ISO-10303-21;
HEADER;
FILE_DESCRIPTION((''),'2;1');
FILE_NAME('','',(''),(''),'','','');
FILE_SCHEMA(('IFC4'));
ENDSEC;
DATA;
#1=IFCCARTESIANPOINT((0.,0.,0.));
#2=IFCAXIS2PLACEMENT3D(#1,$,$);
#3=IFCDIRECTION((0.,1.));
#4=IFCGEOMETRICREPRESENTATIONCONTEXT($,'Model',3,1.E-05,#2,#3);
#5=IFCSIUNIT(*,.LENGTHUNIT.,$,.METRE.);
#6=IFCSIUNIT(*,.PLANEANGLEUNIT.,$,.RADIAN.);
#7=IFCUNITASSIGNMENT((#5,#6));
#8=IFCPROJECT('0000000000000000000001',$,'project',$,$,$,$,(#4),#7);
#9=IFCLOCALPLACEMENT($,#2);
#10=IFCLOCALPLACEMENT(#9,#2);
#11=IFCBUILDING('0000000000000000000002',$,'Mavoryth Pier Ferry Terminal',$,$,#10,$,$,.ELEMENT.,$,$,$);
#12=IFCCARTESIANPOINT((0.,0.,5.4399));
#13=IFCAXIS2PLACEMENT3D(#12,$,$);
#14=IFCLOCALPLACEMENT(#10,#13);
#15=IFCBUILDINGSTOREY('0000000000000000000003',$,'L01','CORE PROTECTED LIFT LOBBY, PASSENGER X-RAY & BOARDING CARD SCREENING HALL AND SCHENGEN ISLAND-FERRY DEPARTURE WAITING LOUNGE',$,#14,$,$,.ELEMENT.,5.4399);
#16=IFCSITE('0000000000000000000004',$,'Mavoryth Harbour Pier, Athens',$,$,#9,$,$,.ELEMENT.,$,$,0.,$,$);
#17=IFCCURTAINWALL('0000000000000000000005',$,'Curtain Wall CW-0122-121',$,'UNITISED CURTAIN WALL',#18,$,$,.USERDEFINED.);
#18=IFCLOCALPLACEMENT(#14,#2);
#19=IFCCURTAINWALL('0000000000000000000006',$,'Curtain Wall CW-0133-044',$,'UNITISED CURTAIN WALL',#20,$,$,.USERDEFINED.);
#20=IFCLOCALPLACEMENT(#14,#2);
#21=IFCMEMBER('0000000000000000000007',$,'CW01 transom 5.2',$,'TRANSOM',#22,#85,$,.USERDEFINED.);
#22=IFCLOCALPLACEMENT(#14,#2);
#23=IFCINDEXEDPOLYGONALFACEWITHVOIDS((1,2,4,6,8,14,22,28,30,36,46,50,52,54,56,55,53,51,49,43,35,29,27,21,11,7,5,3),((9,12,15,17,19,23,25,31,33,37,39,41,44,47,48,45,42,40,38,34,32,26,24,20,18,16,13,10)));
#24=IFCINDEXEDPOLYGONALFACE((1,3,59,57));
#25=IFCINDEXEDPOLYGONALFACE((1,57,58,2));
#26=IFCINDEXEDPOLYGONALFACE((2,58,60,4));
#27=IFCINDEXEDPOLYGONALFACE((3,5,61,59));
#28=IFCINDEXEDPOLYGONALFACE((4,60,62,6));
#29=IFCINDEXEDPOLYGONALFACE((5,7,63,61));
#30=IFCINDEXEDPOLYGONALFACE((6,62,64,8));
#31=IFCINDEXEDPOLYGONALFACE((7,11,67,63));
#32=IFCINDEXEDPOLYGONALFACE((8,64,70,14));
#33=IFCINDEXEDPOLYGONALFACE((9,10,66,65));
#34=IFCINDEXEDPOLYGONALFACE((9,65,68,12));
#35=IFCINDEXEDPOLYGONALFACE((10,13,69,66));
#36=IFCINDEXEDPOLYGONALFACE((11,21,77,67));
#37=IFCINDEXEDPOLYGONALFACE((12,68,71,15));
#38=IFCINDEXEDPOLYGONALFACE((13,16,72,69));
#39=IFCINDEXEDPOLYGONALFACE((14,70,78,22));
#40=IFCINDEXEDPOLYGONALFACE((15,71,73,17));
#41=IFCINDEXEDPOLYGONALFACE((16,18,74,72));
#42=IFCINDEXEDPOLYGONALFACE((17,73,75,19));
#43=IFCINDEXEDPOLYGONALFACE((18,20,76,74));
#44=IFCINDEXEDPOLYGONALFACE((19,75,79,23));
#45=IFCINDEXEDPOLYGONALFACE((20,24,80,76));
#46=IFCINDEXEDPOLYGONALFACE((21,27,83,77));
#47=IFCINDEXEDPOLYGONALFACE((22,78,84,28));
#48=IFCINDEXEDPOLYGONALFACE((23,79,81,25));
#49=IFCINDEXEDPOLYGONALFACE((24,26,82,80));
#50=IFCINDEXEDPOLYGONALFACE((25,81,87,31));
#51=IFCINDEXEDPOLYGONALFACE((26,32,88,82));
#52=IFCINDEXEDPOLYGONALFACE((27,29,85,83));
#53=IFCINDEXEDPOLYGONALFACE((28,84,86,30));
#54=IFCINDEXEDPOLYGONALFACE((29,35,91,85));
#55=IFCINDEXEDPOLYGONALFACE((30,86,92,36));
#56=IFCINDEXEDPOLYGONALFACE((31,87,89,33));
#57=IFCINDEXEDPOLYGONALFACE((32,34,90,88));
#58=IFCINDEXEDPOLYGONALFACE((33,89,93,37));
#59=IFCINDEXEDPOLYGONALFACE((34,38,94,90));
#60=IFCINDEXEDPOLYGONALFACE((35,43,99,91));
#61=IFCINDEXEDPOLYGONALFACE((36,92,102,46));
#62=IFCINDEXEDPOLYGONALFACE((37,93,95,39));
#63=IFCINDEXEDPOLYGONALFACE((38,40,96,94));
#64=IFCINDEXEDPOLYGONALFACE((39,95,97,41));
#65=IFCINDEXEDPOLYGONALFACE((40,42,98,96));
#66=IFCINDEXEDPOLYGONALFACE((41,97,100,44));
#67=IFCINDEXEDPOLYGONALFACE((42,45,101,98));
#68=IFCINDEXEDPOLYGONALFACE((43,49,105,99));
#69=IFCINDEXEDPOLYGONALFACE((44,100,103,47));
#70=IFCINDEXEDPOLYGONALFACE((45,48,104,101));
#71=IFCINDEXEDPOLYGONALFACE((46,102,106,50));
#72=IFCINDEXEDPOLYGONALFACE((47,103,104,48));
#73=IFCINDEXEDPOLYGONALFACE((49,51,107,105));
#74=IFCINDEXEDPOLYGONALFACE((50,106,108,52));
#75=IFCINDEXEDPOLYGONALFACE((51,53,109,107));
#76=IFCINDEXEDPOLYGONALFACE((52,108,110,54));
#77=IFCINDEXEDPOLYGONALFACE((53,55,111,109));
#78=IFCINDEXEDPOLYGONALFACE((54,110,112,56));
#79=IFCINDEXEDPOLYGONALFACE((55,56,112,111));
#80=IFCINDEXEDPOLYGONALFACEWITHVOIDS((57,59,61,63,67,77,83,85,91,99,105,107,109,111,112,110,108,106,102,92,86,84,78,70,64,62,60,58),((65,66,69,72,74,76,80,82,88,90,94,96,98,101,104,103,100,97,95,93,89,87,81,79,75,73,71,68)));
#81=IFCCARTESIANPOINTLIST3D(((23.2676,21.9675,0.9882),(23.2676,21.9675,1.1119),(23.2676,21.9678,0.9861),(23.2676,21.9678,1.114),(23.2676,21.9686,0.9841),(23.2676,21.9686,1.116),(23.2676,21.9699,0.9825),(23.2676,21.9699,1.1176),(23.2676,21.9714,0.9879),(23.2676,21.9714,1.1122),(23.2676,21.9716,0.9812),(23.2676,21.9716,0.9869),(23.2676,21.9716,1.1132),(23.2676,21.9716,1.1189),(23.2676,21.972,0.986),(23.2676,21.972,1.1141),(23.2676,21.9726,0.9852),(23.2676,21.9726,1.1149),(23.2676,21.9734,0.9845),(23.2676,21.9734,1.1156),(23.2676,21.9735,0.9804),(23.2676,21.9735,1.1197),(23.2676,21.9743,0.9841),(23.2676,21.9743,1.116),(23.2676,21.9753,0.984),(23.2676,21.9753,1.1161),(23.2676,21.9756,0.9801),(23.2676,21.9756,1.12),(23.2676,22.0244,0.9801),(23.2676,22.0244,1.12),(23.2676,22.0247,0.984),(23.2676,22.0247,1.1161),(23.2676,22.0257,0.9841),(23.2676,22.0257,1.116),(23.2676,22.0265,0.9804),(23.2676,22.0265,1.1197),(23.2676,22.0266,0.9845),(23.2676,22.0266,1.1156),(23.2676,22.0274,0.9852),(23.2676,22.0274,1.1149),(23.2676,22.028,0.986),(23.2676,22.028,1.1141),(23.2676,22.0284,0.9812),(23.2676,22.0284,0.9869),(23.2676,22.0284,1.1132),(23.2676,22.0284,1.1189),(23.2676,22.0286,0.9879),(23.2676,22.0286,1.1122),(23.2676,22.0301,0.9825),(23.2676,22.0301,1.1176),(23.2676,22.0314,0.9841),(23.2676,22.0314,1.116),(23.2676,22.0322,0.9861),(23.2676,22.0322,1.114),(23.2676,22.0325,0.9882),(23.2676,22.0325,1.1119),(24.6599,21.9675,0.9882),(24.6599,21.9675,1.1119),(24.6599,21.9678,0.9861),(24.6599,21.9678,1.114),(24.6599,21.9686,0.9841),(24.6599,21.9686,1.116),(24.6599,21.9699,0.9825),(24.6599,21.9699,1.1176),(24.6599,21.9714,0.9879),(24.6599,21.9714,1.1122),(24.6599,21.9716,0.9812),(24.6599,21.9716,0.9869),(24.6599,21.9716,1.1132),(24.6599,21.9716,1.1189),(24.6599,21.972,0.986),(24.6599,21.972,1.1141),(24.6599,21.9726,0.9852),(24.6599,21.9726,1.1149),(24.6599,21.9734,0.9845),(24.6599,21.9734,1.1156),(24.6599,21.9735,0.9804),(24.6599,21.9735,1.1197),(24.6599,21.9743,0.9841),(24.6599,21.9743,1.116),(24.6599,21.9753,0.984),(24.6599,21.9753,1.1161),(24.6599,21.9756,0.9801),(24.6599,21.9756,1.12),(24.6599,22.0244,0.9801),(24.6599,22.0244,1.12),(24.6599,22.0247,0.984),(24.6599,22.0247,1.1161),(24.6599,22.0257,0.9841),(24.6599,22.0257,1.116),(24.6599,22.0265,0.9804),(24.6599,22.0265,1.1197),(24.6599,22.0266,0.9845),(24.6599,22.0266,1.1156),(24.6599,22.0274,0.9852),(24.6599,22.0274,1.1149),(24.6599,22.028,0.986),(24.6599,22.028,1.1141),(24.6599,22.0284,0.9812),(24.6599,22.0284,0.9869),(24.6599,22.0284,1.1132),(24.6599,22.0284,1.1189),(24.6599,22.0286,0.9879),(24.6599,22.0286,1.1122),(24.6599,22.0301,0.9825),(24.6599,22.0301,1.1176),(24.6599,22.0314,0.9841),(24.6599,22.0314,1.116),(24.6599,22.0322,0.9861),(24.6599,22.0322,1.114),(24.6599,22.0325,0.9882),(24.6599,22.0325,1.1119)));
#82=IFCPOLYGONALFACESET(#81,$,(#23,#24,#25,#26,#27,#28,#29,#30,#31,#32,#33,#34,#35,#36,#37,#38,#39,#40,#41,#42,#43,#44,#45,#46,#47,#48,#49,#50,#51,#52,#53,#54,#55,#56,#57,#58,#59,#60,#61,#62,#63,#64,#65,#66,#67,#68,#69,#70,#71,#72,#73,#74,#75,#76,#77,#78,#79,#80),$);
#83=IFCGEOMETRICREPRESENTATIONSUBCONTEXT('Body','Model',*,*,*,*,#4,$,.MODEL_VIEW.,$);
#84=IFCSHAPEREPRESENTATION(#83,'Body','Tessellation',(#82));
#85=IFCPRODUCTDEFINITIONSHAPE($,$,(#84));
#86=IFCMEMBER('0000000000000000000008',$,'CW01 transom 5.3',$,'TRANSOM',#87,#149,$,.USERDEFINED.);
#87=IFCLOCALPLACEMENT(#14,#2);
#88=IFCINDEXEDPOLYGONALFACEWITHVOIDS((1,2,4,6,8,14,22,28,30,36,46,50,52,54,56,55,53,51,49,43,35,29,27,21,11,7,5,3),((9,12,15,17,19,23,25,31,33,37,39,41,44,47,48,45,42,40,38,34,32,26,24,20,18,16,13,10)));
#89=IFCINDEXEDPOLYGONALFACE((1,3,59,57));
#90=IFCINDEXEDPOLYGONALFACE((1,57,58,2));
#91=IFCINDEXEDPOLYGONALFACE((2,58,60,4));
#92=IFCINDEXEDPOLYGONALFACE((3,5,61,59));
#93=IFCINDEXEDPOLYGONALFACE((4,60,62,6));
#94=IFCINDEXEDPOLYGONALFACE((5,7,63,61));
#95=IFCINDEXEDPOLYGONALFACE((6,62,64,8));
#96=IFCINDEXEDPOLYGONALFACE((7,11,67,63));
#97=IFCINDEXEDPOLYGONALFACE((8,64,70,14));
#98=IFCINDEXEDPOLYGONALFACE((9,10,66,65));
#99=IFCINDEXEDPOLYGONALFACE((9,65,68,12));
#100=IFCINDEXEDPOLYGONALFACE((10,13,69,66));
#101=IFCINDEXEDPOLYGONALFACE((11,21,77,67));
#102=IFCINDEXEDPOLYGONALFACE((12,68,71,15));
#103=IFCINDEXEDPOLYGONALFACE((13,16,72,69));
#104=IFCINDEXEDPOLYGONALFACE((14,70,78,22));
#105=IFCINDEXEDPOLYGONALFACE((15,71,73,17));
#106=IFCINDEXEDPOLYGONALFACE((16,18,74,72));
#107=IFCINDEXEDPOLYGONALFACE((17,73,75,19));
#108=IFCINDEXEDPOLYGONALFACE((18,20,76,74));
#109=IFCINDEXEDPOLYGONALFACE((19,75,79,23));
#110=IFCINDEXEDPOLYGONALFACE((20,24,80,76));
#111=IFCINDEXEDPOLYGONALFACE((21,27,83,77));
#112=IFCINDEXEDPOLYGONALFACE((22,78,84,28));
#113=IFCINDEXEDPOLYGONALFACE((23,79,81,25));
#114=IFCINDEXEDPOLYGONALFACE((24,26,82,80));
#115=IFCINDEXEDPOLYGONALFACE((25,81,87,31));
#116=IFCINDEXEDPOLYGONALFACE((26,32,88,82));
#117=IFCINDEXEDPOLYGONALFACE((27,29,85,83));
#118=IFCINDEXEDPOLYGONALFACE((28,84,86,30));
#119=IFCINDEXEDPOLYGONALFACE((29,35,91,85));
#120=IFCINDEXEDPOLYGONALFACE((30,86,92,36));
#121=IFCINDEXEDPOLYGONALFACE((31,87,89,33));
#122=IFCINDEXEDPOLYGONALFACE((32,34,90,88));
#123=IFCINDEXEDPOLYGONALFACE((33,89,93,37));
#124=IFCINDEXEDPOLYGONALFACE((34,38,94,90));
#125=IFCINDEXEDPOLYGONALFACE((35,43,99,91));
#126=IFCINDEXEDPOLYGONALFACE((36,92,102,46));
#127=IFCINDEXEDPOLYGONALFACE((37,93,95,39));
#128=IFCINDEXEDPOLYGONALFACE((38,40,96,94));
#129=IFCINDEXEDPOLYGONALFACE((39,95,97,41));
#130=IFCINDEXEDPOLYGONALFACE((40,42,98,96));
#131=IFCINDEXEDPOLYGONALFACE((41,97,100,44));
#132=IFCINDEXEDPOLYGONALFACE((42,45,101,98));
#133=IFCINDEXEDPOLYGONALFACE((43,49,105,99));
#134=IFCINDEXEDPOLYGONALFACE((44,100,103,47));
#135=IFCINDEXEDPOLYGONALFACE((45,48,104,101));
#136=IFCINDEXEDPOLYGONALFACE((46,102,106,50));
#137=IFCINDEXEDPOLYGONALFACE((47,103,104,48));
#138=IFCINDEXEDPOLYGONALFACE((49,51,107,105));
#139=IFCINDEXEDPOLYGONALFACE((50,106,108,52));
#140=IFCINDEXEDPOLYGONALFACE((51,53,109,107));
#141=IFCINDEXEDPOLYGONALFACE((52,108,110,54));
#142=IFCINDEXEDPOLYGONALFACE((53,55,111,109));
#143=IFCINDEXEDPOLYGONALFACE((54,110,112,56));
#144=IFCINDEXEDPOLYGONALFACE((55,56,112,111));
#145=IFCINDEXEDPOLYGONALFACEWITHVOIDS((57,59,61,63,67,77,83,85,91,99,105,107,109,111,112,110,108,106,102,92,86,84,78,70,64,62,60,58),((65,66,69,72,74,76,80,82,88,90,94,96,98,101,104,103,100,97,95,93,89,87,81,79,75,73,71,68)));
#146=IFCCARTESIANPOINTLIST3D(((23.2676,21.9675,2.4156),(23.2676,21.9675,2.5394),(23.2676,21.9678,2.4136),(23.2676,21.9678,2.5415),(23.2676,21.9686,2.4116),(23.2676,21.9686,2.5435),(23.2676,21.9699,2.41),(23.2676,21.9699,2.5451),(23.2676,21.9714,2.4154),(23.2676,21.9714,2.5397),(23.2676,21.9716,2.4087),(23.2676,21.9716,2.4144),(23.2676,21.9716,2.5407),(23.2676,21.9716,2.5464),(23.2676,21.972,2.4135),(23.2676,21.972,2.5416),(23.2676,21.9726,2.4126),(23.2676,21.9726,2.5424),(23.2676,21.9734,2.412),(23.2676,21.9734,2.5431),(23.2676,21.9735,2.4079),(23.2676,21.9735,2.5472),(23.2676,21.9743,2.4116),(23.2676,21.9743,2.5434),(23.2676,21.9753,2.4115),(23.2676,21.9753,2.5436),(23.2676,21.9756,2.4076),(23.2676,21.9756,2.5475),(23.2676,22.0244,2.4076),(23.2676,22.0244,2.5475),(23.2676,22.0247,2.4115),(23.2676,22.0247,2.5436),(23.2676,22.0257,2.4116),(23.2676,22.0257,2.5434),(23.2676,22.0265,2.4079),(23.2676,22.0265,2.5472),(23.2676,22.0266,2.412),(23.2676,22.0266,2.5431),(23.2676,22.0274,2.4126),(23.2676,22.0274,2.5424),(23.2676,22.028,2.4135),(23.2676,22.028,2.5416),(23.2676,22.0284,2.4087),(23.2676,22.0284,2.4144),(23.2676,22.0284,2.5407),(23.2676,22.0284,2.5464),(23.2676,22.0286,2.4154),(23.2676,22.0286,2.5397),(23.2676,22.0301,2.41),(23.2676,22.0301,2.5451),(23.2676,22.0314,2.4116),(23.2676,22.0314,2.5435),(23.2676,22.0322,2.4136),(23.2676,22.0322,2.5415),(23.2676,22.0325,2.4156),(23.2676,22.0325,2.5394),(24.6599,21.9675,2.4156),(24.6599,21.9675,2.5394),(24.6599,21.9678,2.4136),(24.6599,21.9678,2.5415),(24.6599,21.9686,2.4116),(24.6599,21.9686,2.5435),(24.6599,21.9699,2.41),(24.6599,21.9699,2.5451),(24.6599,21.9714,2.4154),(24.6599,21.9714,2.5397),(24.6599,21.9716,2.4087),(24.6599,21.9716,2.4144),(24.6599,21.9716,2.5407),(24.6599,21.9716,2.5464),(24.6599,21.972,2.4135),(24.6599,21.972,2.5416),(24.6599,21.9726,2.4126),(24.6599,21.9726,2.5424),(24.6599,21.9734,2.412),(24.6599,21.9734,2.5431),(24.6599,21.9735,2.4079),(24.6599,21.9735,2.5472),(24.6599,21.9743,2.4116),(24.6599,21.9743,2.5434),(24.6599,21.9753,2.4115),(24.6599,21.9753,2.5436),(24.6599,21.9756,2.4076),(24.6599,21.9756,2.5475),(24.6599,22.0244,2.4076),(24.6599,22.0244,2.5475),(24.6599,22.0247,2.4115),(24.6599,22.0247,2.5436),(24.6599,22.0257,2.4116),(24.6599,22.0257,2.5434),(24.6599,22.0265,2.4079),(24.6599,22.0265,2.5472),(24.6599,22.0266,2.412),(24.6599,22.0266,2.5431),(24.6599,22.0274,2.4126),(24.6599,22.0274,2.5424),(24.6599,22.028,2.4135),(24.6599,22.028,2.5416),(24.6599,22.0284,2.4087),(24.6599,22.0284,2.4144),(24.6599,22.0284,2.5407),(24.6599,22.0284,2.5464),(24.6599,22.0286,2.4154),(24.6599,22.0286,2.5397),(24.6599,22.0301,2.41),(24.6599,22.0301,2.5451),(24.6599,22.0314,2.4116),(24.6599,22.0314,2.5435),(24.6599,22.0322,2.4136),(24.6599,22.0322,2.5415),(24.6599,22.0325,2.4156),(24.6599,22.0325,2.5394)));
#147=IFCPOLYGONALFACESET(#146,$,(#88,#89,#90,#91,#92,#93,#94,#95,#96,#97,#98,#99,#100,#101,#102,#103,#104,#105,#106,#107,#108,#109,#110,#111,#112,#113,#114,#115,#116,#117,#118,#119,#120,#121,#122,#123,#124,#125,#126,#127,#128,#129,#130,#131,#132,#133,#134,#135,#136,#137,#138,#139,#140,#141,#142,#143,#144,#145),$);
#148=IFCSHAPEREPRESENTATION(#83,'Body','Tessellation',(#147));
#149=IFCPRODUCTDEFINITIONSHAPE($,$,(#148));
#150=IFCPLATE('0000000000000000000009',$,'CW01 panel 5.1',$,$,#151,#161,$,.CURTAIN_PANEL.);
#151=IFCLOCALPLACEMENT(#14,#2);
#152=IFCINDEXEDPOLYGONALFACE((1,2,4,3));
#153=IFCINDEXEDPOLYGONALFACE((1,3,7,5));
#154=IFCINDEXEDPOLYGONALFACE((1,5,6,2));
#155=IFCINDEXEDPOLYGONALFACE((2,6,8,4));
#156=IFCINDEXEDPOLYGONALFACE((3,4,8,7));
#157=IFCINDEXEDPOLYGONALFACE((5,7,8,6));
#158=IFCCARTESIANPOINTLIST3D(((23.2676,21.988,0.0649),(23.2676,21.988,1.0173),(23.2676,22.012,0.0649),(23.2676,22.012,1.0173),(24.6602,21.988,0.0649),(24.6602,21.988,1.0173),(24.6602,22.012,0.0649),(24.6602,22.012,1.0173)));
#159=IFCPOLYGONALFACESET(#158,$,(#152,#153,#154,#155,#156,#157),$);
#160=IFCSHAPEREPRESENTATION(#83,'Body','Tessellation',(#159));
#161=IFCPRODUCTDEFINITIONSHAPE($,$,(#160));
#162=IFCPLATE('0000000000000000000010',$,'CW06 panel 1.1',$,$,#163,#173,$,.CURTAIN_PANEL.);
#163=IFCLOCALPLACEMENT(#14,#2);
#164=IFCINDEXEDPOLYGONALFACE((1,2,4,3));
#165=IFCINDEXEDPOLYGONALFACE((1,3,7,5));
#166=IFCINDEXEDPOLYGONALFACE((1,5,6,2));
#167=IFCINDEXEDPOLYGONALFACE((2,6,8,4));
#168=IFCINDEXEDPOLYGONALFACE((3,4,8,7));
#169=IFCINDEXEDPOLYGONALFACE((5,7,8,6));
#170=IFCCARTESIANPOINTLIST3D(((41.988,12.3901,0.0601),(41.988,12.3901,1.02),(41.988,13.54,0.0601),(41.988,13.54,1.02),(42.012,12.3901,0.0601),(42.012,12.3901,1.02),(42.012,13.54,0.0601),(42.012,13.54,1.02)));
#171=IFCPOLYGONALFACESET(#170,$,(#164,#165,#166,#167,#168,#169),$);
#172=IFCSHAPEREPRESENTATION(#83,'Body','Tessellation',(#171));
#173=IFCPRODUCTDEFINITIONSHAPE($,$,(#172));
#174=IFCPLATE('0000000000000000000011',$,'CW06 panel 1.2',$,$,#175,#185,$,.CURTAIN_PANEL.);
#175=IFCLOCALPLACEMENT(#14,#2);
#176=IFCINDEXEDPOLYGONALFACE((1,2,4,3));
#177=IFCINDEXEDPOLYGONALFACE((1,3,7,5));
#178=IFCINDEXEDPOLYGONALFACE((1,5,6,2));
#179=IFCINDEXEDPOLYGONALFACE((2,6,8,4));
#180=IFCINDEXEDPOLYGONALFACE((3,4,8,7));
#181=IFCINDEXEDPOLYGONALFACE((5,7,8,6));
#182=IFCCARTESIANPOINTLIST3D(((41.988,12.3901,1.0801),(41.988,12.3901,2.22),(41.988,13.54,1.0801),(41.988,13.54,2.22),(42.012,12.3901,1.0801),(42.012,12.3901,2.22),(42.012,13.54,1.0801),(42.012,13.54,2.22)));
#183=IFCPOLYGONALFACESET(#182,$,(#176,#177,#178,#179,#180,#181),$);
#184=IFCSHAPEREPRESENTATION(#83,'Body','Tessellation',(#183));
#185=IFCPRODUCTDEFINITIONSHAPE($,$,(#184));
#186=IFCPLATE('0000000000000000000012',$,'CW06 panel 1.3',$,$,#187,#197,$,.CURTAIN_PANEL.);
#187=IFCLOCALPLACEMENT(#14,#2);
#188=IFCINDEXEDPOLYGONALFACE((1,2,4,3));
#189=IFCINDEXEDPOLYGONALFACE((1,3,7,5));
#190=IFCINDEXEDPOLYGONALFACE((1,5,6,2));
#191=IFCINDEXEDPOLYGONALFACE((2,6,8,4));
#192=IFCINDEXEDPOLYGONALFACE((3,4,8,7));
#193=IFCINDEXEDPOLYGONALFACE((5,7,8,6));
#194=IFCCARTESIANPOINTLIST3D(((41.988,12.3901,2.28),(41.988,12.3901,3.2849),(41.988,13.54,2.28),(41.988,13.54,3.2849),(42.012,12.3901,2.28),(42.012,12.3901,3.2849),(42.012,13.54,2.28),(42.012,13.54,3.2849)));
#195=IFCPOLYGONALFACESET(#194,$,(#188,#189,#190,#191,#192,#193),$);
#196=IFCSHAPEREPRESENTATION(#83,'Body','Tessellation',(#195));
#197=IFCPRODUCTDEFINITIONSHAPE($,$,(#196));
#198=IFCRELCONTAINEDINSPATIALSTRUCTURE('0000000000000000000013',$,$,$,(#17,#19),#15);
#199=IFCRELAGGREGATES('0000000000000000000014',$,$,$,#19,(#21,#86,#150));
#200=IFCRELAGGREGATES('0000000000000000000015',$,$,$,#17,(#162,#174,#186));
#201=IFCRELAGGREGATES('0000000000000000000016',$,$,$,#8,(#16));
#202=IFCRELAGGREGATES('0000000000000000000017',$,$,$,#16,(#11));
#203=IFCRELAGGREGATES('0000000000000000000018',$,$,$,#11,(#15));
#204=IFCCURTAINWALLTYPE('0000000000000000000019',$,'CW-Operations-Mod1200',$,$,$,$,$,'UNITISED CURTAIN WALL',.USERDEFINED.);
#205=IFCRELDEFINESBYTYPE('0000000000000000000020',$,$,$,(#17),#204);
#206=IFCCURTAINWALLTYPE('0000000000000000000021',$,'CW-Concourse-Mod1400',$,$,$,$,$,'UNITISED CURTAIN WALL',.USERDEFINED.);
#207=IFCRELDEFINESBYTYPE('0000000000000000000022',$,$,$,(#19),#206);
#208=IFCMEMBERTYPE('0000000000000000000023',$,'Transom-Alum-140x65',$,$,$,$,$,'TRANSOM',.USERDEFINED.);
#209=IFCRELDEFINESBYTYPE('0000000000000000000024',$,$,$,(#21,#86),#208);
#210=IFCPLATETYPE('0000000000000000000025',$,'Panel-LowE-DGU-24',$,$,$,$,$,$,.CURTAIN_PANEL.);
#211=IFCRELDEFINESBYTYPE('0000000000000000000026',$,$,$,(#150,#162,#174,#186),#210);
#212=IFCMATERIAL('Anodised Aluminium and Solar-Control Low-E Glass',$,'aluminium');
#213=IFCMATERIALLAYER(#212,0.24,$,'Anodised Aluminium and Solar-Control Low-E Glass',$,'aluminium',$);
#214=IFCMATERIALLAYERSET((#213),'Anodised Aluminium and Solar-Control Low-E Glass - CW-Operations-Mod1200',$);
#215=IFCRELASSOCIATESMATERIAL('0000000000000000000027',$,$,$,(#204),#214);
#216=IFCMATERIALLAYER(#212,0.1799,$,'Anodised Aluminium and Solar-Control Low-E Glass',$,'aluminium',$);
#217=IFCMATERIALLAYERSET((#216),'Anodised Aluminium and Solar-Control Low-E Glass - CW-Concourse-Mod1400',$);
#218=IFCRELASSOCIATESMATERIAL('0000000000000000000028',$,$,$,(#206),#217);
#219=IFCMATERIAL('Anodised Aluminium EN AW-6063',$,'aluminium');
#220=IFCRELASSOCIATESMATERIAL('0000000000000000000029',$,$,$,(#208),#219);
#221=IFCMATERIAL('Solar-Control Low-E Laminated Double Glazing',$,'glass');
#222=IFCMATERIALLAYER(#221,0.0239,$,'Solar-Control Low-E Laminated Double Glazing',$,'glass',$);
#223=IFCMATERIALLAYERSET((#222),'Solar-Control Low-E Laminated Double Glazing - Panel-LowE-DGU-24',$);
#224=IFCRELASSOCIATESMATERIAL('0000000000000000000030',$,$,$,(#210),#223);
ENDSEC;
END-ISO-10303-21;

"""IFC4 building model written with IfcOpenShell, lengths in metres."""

from ifc_helpers import new_model, si_unit, direction, frame, origin, origin_2d, place, context, subcontext, project, spatial, rectangle, hollow_rectangle, extrude, material, layer, layer_set, material_profile, profile_set, type_object, element, aggregate, save


model = new_model("IFC4")

# Units and contexts
model_context = context("Model", 3, precision=1e-05, world=origin(), true_north=direction((0.0, 1.0)))
body_context = subcontext(model_context, "Body", "Model", "MODEL_VIEW")
ifc_project = project(units=[si_unit("LENGTHUNIT", "METRE"), si_unit("PLANEANGLEUNIT", "RADIAN")], contexts=[model_context])

# Site, building, storey
site_placement = place(None, origin())
site = spatial("IfcSite", under=ifc_project, at=site_placement, Name="Mavoryth Harbour Pier, Athens", CompositionType="ELEMENT", RefElevation=0.0)
building_placement = place(site_placement, origin())
building = spatial("IfcBuilding", under=site, at=building_placement, Name="Mavoryth Pier Ferry Terminal", CompositionType="ELEMENT")
storey_placement = place(building_placement, frame((0.0, 0.0, 5.4399)))
storey = spatial("IfcBuildingStorey", under=building, at=storey_placement, Name="L01", Description="CORE PROTECTED LIFT LOBBY, PASSENGER X-RAY & BOARDING CARD SCREENING HALL AND SCHENGEN ISLAND-FERRY DEPARTURE WAITING LOUNGE", CompositionType="ELEMENT", Elevation=5.4399)

# Curtain wall
ifc_material_1 = material(Name="Anodised Aluminium and Solar-Control Low-E Glass", Category="aluminium")
ifc_layer_1 = layer(ifc_material_1, 0.24, Name="Anodised Aluminium and Solar-Control Low-E Glass", Category="aluminium")
ifc_layer_set_1 = layer_set([ifc_layer_1], Name="Anodised Aluminium and Solar-Control Low-E Glass - CW-Operations-Mod1200")
curtain_wall_type_1 = type_object("IfcCurtainWallType", Name="CW-Operations-Mod1200", ElementType="UNITISED CURTAIN WALL", PredefinedType="USERDEFINED", material=ifc_layer_set_1)
curtain_wall_1_placement = place(storey_placement, origin())
curtain_wall_1 = element("IfcCurtainWall", 1, at=curtain_wall_1_placement, inside=storey, type_object=curtain_wall_type_1, Name="Curtain Wall CW-0122-121", ObjectType="UNITISED CURTAIN WALL", PredefinedType="USERDEFINED")
ifc_material_2 = material(Name="Anodised Aluminium EN AW-6063", Category="aluminium")

# Curtain wall, members, plate
ifc_layer_2 = layer(ifc_material_1, 0.1799, Name="Anodised Aluminium and Solar-Control Low-E Glass", Category="aluminium")
ifc_layer_set_2 = layer_set([ifc_layer_2], Name="Anodised Aluminium and Solar-Control Low-E Glass - CW-Concourse-Mod1400")
curtain_wall_type_2 = type_object("IfcCurtainWallType", Name="CW-Concourse-Mod1400", ElementType="UNITISED CURTAIN WALL", PredefinedType="USERDEFINED", material=ifc_layer_set_2)
curtain_wall_2_placement = place(storey_placement, origin())
curtain_wall_2 = element("IfcCurtainWall", 2, at=curtain_wall_2_placement, inside=storey, type_object=curtain_wall_type_2, Name="Curtain Wall CW-0133-044", ObjectType="UNITISED CURTAIN WALL", PredefinedType="USERDEFINED")
ifc_material_profile_1 = material_profile(ifc_material_2, hollow_rectangle(XDim=0.0649, YDim=0.1399, WallThickness=0.0039, InnerFilletRadius=0.0039, OuterFilletRadius=0.0081, at=origin_2d()), Name="AL-TRAN 140x65x4", Category="aluminium")
ifc_profile_set_1 = profile_set([ifc_material_profile_1], Name="Anodised Aluminium EN AW-6063 - AL-TRAN 140x65x4")
member_type_1 = type_object("IfcMemberType", Name="Transom-Alum-140x65", ElementType="TRANSOM", PredefinedType="USERDEFINED", material=ifc_profile_set_1)
member_1_placement = place(storey_placement, frame((23.2676, 22.0, 1.05), z_axis=(1.0, 0.0, 0.0), x_axis=(0.0, 1.0, 0.0)))
member_1 = element("IfcMember", 3, at=member_1_placement, type_object=member_type_1, Name="CW01 transom 5.2", ObjectType="TRANSOM", PredefinedType="USERDEFINED", context=body_context, shape_type="SweptSolid", body=[
    extrude(hollow_rectangle(XDim=0.0649, YDim=0.1399, WallThickness=0.0039, InnerFilletRadius=0.0039, OuterFilletRadius=0.0081, at=origin_2d()), origin(), (0.0, 0.0, 1.0), 1.3923),
])
member_2_placement = place(storey_placement, frame((23.2676, 22.0, 2.4775), z_axis=(1.0, 0.0, 0.0), x_axis=(0.0, 1.0, 0.0)))
member_2 = element("IfcMember", 4, at=member_2_placement, type_object=member_type_1, Name="CW01 transom 5.3", ObjectType="TRANSOM", PredefinedType="USERDEFINED", context=body_context, shape_type="SweptSolid", body=[
    extrude(hollow_rectangle(XDim=0.0649, YDim=0.1399, WallThickness=0.0039, InnerFilletRadius=0.0039, OuterFilletRadius=0.0081, at=origin_2d()), origin(), (0.0, 0.0, 1.0), 1.3923),
])
ifc_material_3 = material(Name="Solar-Control Low-E Laminated Double Glazing", Category="glass")
ifc_layer_3 = layer(ifc_material_3, 0.0239, Name="Solar-Control Low-E Laminated Double Glazing", Category="glass")
ifc_layer_set_3 = layer_set([ifc_layer_3], Name="Solar-Control Low-E Laminated Double Glazing - Panel-LowE-DGU-24")
plate_type = type_object("IfcPlateType", Name="Panel-LowE-DGU-24", PredefinedType="CURTAIN_PANEL", material=ifc_layer_set_3)
plate_1_placement = place(storey_placement, frame((23.9639, 22.0, 0.0649), z_axis=(0.0, 0.0, 1.0), x_axis=(1.0, 0.0, 0.0)))
plate_1 = element("IfcPlate", 5, at=plate_1_placement, type_object=plate_type, Name="CW01 panel 5.1", PredefinedType="CURTAIN_PANEL", context=body_context, shape_type="SweptSolid", body=[
    extrude(rectangle(XDim=1.3926, YDim=0.0239, at=origin_2d()), origin(), (0.0, 0.0, 1.0), 0.9524),
])
aggregate(curtain_wall_2, [member_1, member_2, plate_1])

# Plates
plate_2_placement = place(storey_placement, frame((42.0, 12.9651, 0.0601), z_axis=(0.0, 0.0, 1.0), x_axis=(0.0, -1.0, 0.0)))
plate_2 = element("IfcPlate", 6, at=plate_2_placement, type_object=plate_type, Name="CW06 panel 1.1", PredefinedType="CURTAIN_PANEL", context=body_context, shape_type="SweptSolid", body=[
    extrude(rectangle(XDim=1.1499, YDim=0.0239, at=origin_2d()), origin(), (0.0, 0.0, 1.0), 0.96),
])
plate_3_placement = place(storey_placement, frame((42.0, 12.9651, 1.0801), z_axis=(0.0, 0.0, 1.0), x_axis=(0.0, -1.0, 0.0)))
plate_3 = element("IfcPlate", 7, at=plate_3_placement, type_object=plate_type, Name="CW06 panel 1.2", PredefinedType="CURTAIN_PANEL", context=body_context, shape_type="SweptSolid", body=[
    extrude(rectangle(XDim=1.1499, YDim=0.0239, at=origin_2d()), origin(), (0.0, 0.0, 1.0), 1.1399),
])
plate_4_placement = place(storey_placement, frame((42.0, 12.9651, 2.28), z_axis=(0.0, 0.0, 1.0), x_axis=(0.0, -1.0, 0.0)))
plate_4 = element("IfcPlate", 8, at=plate_4_placement, type_object=plate_type, Name="CW06 panel 1.3", PredefinedType="CURTAIN_PANEL", context=body_context, shape_type="SweptSolid", body=[
    extrude(rectangle(XDim=1.1499, YDim=0.0239, at=origin_2d()), origin(), (0.0, 0.0, 1.0), 1.0049),
])
aggregate(curtain_wall_1, [plate_2, plate_3, plate_4])

save(model, "model.ifc")
